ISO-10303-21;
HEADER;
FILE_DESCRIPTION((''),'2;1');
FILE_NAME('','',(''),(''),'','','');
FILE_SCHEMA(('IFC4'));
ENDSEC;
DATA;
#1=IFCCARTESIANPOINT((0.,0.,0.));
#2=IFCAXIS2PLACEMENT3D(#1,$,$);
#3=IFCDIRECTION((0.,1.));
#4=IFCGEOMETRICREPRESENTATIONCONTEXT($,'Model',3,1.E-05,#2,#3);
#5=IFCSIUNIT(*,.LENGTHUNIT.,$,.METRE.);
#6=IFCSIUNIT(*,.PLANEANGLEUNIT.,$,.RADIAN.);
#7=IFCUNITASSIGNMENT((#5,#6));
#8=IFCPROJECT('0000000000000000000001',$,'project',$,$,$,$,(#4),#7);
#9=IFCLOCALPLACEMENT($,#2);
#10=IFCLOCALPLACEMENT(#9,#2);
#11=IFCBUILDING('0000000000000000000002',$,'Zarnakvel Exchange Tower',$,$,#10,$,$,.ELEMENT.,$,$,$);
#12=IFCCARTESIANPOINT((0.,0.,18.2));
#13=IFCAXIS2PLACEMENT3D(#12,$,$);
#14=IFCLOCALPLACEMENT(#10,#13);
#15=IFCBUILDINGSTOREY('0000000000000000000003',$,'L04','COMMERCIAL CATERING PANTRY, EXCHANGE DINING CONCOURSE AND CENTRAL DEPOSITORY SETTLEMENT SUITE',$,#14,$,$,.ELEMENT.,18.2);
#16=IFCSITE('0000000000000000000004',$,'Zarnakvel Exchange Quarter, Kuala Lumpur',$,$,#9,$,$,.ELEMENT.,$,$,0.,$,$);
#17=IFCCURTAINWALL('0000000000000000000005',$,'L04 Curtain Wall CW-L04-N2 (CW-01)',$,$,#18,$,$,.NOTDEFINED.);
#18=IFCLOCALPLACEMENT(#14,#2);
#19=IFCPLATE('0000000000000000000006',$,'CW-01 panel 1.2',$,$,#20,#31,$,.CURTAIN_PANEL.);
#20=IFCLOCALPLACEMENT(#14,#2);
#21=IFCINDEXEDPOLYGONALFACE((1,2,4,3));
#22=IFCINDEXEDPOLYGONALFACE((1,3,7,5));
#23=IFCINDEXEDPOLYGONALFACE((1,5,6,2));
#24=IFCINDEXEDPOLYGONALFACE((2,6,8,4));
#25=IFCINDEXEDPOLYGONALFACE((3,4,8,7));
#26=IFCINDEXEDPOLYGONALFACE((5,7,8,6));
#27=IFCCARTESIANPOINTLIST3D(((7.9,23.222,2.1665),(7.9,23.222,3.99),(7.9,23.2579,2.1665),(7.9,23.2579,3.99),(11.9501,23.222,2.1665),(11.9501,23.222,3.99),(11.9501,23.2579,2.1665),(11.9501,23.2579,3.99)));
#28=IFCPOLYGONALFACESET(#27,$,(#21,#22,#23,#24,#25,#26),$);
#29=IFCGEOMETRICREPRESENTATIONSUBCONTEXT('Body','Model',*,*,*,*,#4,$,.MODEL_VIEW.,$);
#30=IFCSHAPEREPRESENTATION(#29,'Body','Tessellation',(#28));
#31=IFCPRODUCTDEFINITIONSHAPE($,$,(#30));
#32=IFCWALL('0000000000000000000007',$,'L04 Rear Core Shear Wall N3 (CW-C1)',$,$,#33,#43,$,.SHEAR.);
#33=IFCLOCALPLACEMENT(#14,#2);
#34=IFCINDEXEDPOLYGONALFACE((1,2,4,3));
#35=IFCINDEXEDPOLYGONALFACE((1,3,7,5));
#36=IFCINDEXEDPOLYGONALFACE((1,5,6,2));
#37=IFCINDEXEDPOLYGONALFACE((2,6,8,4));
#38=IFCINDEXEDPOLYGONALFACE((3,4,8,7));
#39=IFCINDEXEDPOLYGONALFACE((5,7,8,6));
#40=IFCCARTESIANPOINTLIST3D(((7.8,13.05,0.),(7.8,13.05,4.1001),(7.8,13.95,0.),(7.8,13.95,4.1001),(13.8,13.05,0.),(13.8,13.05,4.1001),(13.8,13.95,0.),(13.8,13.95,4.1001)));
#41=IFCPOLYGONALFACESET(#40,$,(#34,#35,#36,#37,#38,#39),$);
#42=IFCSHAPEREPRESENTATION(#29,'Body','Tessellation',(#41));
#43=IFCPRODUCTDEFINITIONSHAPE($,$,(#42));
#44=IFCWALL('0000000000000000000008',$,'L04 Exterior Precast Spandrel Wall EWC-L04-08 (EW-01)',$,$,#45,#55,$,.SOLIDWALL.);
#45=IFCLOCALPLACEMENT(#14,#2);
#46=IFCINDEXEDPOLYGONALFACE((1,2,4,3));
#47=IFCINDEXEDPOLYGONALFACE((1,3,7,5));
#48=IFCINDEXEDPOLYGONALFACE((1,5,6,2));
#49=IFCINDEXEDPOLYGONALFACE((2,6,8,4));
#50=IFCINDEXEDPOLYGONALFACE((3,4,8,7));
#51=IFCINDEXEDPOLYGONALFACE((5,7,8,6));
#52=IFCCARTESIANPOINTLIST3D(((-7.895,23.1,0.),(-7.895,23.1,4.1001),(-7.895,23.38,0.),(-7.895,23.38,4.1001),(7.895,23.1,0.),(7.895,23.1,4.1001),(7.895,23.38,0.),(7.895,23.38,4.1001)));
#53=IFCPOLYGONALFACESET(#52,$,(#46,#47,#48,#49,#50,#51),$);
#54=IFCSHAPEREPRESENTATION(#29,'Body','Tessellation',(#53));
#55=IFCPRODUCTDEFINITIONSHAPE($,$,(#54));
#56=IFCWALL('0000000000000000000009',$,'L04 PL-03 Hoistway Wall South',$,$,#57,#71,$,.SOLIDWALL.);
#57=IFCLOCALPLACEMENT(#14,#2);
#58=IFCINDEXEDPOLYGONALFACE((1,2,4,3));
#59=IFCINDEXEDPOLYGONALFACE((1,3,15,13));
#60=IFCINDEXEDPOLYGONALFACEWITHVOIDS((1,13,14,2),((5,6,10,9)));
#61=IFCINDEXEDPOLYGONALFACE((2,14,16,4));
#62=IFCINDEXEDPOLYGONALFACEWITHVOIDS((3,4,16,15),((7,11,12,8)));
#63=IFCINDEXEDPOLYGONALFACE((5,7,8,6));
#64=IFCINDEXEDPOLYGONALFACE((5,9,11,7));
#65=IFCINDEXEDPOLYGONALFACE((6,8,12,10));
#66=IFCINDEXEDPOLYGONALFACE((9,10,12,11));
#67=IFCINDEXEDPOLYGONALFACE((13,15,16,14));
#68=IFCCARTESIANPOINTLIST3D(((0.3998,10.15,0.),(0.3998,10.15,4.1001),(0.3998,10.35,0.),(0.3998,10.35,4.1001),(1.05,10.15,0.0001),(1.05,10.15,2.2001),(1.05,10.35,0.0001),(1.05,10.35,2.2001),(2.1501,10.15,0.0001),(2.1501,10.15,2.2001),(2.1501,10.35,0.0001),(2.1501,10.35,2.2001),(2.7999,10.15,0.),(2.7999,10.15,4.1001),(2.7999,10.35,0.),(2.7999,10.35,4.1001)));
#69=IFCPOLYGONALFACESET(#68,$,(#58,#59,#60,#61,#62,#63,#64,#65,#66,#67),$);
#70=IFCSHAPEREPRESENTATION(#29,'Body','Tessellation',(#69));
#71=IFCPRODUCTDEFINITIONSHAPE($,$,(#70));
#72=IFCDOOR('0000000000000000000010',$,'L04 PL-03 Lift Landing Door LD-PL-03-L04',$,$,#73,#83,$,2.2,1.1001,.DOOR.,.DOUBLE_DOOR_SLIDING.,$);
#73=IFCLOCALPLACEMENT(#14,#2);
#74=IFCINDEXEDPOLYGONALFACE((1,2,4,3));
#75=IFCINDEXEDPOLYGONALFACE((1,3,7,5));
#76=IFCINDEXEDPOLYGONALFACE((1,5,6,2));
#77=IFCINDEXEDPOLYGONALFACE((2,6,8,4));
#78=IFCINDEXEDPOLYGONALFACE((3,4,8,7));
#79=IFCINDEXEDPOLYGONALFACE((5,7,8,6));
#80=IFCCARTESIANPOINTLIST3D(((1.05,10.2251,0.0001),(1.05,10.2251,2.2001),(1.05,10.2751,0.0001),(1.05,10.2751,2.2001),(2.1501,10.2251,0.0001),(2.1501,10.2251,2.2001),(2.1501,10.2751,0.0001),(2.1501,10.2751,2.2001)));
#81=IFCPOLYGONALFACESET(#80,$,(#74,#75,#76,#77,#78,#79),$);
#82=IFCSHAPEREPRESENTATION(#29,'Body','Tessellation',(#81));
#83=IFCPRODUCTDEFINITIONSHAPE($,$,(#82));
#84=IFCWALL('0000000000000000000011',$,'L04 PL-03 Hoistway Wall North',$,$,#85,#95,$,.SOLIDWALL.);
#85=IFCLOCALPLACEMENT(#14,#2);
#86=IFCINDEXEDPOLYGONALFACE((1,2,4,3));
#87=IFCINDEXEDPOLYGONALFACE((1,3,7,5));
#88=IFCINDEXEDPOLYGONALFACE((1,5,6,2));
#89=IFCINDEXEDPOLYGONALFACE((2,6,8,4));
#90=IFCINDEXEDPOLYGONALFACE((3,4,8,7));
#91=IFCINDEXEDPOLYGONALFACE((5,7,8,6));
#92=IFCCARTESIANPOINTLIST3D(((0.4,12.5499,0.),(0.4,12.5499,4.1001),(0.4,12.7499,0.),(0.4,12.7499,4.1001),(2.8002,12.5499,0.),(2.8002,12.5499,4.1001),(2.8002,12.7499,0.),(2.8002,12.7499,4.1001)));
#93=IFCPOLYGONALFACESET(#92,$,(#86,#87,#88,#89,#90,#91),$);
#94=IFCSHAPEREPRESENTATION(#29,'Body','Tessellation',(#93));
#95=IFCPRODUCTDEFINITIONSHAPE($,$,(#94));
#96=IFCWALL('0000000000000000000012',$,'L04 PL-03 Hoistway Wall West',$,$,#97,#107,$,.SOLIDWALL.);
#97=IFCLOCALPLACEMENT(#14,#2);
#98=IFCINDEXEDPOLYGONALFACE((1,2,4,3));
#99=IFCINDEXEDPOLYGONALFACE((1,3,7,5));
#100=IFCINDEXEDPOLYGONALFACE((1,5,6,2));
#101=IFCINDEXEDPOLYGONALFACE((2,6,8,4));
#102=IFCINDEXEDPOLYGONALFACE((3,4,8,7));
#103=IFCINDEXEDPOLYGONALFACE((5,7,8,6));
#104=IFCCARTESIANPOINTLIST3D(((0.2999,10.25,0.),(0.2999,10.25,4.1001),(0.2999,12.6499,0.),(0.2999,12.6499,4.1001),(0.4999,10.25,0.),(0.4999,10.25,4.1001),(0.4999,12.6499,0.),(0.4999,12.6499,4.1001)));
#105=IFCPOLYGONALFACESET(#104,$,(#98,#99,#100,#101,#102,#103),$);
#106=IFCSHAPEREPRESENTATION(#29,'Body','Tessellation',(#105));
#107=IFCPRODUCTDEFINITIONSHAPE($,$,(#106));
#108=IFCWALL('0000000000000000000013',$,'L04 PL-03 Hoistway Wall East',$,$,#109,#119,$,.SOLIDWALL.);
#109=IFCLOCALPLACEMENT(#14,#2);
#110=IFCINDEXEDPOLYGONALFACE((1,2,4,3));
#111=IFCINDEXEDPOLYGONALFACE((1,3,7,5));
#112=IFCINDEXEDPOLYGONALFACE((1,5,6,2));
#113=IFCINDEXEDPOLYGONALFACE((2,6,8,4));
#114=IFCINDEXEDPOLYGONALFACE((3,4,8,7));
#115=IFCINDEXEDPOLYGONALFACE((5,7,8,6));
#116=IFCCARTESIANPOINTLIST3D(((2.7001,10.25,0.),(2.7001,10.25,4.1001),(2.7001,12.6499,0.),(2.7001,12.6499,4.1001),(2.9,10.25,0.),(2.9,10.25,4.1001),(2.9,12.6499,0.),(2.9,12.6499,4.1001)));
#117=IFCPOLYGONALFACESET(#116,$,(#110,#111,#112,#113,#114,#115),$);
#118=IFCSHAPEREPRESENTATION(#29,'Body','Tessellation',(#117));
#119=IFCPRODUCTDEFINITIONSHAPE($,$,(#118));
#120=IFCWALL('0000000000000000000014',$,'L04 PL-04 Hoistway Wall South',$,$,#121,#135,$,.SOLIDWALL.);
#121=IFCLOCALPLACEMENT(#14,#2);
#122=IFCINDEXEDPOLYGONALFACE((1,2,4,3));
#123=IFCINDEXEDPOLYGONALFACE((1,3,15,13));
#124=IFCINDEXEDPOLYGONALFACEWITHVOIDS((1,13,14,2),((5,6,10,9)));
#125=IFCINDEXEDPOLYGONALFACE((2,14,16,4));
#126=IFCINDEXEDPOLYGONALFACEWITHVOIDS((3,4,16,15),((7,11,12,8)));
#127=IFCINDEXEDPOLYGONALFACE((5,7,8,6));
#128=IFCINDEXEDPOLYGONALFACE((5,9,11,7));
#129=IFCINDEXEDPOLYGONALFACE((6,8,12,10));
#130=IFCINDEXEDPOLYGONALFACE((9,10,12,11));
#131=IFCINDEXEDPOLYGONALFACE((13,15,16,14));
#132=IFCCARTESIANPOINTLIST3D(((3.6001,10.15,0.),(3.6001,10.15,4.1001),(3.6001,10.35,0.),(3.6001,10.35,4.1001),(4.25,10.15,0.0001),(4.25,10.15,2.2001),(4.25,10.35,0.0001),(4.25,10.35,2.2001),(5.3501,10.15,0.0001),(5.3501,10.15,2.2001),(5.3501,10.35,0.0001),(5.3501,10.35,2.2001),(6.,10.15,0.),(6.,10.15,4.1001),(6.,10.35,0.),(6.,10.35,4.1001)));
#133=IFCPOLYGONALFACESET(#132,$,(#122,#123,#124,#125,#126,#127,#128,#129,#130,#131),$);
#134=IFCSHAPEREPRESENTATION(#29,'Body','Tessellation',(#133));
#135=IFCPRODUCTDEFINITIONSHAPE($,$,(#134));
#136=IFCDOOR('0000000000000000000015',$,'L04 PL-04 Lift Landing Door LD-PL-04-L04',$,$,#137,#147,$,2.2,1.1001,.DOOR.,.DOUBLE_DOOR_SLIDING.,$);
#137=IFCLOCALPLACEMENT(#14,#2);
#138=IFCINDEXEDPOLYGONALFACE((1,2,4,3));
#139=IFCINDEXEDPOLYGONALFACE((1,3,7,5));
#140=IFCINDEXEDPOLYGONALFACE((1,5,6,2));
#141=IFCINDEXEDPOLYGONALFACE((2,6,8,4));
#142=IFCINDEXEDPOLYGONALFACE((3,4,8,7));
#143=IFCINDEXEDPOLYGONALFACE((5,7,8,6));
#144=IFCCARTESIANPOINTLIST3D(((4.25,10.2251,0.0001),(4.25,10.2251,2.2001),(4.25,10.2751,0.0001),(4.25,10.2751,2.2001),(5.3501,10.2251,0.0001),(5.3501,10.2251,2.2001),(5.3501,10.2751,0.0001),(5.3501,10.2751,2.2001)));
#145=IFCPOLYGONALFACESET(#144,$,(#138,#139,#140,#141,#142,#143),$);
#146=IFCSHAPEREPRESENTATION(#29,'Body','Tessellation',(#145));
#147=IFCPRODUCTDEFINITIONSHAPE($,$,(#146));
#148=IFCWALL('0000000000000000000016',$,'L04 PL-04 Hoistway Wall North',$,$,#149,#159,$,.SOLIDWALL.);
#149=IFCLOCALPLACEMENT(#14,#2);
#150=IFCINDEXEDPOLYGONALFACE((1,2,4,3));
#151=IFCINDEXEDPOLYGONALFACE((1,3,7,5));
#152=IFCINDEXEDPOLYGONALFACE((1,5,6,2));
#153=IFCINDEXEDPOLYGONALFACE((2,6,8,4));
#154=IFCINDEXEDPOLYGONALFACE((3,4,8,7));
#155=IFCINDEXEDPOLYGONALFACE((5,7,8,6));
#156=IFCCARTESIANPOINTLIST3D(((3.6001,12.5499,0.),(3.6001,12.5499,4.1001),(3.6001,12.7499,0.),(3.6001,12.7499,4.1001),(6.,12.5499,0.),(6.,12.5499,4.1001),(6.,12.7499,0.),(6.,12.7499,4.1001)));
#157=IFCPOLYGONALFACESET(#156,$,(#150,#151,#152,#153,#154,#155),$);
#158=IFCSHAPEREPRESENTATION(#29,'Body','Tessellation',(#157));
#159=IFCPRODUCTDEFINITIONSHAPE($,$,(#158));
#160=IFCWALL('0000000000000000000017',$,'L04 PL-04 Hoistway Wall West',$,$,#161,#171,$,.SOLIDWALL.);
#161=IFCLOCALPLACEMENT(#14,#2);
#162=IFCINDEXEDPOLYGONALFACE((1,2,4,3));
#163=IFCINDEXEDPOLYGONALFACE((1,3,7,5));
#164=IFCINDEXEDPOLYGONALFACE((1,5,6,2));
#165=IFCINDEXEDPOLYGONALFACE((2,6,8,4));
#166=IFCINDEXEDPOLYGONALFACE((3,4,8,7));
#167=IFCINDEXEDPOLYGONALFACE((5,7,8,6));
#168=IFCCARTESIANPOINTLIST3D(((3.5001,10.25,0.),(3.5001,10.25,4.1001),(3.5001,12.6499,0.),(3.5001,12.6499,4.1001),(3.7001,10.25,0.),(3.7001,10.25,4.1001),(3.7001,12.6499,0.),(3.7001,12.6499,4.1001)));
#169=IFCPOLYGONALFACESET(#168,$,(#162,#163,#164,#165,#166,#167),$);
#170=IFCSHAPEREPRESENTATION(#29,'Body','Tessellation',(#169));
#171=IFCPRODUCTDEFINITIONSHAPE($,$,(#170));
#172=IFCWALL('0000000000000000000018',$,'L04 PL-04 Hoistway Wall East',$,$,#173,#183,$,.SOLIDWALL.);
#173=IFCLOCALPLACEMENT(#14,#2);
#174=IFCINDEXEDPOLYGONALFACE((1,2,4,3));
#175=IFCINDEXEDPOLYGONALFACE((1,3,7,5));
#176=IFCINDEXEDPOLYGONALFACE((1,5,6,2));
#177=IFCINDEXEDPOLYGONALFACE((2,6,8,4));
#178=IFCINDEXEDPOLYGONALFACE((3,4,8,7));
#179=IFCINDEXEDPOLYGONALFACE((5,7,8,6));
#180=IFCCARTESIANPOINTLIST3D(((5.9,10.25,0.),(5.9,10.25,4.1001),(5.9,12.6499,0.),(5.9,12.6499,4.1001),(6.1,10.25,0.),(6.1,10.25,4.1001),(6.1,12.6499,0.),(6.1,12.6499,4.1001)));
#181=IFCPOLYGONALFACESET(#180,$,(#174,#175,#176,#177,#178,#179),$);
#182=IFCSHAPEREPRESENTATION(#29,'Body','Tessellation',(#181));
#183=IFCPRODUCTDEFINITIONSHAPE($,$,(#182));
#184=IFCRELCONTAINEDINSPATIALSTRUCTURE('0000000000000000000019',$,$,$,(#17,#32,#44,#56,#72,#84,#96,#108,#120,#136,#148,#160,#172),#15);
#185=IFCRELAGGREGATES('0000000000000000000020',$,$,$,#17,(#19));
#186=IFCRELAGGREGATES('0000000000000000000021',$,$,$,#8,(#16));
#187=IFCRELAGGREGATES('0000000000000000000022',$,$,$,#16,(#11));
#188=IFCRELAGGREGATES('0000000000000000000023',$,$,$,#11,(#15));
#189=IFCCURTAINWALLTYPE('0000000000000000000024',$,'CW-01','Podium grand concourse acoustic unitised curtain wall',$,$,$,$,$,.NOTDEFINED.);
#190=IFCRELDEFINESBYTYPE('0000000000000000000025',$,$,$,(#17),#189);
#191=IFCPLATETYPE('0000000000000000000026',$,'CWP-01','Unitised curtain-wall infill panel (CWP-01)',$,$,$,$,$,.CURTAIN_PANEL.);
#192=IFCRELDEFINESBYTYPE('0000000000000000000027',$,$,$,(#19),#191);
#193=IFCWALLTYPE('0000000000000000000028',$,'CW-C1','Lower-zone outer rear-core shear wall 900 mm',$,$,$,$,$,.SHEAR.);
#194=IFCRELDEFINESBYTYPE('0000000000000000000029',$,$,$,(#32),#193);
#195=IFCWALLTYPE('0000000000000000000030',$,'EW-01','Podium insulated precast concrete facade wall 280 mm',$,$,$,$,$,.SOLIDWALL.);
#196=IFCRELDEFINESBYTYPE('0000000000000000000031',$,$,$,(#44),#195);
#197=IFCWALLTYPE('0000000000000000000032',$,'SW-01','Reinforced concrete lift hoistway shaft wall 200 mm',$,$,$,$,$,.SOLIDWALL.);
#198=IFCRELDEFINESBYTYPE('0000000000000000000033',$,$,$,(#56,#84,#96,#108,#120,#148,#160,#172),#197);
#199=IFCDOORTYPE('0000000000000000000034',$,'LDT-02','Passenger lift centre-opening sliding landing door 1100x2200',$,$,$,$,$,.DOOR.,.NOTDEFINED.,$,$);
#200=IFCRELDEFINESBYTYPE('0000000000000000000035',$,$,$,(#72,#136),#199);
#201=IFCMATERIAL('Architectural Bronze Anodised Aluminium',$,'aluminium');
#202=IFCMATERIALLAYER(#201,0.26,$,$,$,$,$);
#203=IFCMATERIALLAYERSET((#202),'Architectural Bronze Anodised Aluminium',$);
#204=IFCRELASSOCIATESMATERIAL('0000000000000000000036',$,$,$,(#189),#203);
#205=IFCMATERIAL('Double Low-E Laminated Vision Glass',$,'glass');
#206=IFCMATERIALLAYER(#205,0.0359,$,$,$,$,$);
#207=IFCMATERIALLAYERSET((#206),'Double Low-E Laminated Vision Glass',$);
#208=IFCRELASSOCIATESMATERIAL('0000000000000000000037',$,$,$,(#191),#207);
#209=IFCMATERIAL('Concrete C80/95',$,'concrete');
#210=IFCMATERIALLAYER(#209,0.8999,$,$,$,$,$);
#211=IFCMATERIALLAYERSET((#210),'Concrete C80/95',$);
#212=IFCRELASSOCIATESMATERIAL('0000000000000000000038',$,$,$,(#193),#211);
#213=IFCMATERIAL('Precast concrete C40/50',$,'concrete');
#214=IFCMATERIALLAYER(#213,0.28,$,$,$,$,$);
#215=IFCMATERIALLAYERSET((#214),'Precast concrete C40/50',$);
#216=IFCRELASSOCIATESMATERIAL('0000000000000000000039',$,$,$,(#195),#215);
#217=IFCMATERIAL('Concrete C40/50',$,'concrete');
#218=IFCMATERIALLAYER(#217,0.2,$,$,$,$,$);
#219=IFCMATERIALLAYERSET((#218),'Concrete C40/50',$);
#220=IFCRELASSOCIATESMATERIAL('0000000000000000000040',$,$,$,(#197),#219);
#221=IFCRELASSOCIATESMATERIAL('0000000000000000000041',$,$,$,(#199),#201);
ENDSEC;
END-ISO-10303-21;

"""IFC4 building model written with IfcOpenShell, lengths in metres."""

from ifc_helpers import new_model, si_unit, direction, frame, frame_2d, origin, origin_2d, place, context, subcontext, project, spatial, rectangle, extrude, source, transform, mapped, material, layer, layer_set, type_object, element, fill, aggregate, save


model = new_model("IFC4")

# Units and contexts
model_context = context("Model", 3, precision=1e-05, world=origin(), true_north=direction((0.0, 1.0)))
body_context = subcontext(model_context, "Body", "Model", "MODEL_VIEW")
ifc_project = project(units=[si_unit("LENGTHUNIT", "METRE"), si_unit("PLANEANGLEUNIT", "RADIAN")], contexts=[model_context])

# Site, building, storey
site_placement = place(None, origin())
site = spatial("IfcSite", under=ifc_project, at=site_placement, Name="Zarnakvel Exchange Quarter, Kuala Lumpur", CompositionType="ELEMENT", RefElevation=0.0)
building_placement = place(site_placement, origin())
building = spatial("IfcBuilding", under=site, at=building_placement, Name="Zarnakvel Exchange Tower", CompositionType="ELEMENT")
storey_placement = place(building_placement, frame((0.0, 0.0, 18.2)))
storey = spatial("IfcBuildingStorey", under=building, at=storey_placement, Name="L04", Description="COMMERCIAL CATERING PANTRY, EXCHANGE DINING CONCOURSE AND CENTRAL DEPOSITORY SETTLEMENT SUITE", CompositionType="ELEMENT", Elevation=18.2)

# Shared definitions
ifc_material_1 = material(Name="Concrete C80/95", Category="concrete")

# Curtain wall, plate
ifc_material_2 = material(Name="Architectural Bronze Anodised Aluminium", Category="aluminium")
ifc_layer_1 = layer(ifc_material_2, 0.26)
ifc_layer_set_1 = layer_set([ifc_layer_1], Name="Architectural Bronze Anodised Aluminium")
curtain_wall_type = type_object("IfcCurtainWallType", Name="CW-01", Description="Podium grand concourse acoustic unitised curtain wall", PredefinedType="NOTDEFINED", material=ifc_layer_set_1)
curtain_wall_placement = place(storey_placement, origin())
curtain_wall = element("IfcCurtainWall", 1, at=curtain_wall_placement, inside=storey, type_object=curtain_wall_type, Name="L04 Curtain Wall CW-L04-N2 (CW-01)", PredefinedType="NOTDEFINED")
ifc_material_3 = material(Name="Double Low-E Laminated Vision Glass", Category="glass")
ifc_layer_2 = layer(ifc_material_3, 0.0359)
ifc_layer_set_2 = layer_set([ifc_layer_2], Name="Double Low-E Laminated Vision Glass")
plate_type = type_object("IfcPlateType", Name="CWP-01", Description="Unitised curtain-wall infill panel (CWP-01)", PredefinedType="CURTAIN_PANEL", material=ifc_layer_set_2)
shared_shape_1 = source(origin(), body_context, "Body", "SweptSolid", [
    extrude(rectangle(XDim=4.05, YDim=0.0359, at=origin_2d()), origin(), (0.0, 0.0, 1.0), 1.8235),
])
plate_1_placement = place(storey_placement, frame((9.925, 23.24, 2.1665), z_axis=(0.0, 0.0, 1.0), x_axis=(1.0, 0.0, 0.0)))
plate_1 = element("IfcPlate", 2, at=plate_1_placement, type_object=plate_type, Name="CW-01 panel 1.2", PredefinedType="CURTAIN_PANEL", context=body_context, shape_type="MappedRepresentation", body=[
    mapped(shared_shape_1, transform((0.0, 0.0, 0.0), x_axis=(1.0, 0.0, 0.0), y_axis=(0.0, 1.0, 0.0), z_axis=(0.0, 0.0, 1.0), scale=1.0)),
])
aggregate(curtain_wall, [plate_1])

# Walls
ifc_layer_3 = layer(ifc_material_1, 0.8999)
ifc_layer_set_3 = layer_set([ifc_layer_3], Name="Concrete C80/95")
wall_type_1 = type_object("IfcWallType", Name="CW-C1", Description="Lower-zone outer rear-core shear wall 900 mm", PredefinedType="SHEAR", material=ifc_layer_set_3)
wall_1_placement = place(storey_placement, frame((7.8, 13.5, 0.0), z_axis=(0.0, 0.0, 1.0), x_axis=(1.0, 0.0, 0.0)))
element("IfcWall", 3, at=wall_1_placement, inside=storey, type_object=wall_type_1, Name="L04 Rear Core Shear Wall N3 (CW-C1)", PredefinedType="SHEAR", context=body_context, shape_type="SweptSolid", body=[
    extrude(rectangle(XDim=6.0, YDim=0.8999, at=frame_2d((3.0, 0.0))), origin(), (0.0, 0.0, 1.0), 4.1001),
])
ifc_material_4 = material(Name="Precast concrete C40/50", Category="concrete")
ifc_layer_4 = layer(ifc_material_4, 0.28)
ifc_layer_set_4 = layer_set([ifc_layer_4], Name="Precast concrete C40/50")
wall_type_2 = type_object("IfcWallType", Name="EW-01", Description="Podium insulated precast concrete facade wall 280 mm", PredefinedType="SOLIDWALL", material=ifc_layer_set_4)
wall_2_placement = place(storey_placement, frame((7.895, 23.24, 0.0), z_axis=(0.0, 0.0, 1.0), x_axis=(-1.0, 0.0, 0.0)))
element("IfcWall", 4, at=wall_2_placement, inside=storey, type_object=wall_type_2, Name="L04 Exterior Precast Spandrel Wall EWC-L04-08 (EW-01)", PredefinedType="SOLIDWALL", context=body_context, shape_type="SweptSolid", body=[
    extrude(rectangle(XDim=15.79, YDim=0.28, at=frame_2d((7.895, 0.0))), origin(), (0.0, 0.0, 1.0), 4.1001),
])

# Wall, opening, door
ifc_material_5 = material(Name="Concrete C40/50", Category="concrete")
ifc_layer_5 = layer(ifc_material_5, 0.2)
ifc_layer_set_5 = layer_set([ifc_layer_5], Name="Concrete C40/50")
wall_type_3 = type_object("IfcWallType", Name="SW-01", Description="Reinforced concrete lift hoistway shaft wall 200 mm", PredefinedType="SOLIDWALL", material=ifc_layer_set_5)
wall_3_placement = place(storey_placement, frame((2.8, 10.25, 0.0), z_axis=(0.0, 0.0, 1.0), x_axis=(-1.0, 0.0, 0.0)))
wall_3 = element("IfcWall", 5, at=wall_3_placement, inside=storey, type_object=wall_type_3, Name="L04 PL-03 Hoistway Wall South", PredefinedType="SOLIDWALL", context=body_context, shape_type="SweptSolid", body=[
    extrude(rectangle(XDim=2.4001, YDim=0.2, at=frame_2d((1.2002, 0.0))), origin(), (0.0, 0.0, 1.0), 4.1001),
])
opening_1_placement = place(wall_3_placement, frame((0.6499, 0.0, 0.0)))
opening_1 = element("IfcOpeningElement", 6, at=opening_1_placement, cuts=wall_3, PredefinedType="OPENING", context=body_context, shape_type="SweptSolid", body=[
    extrude(rectangle(XDim=1.1001, YDim=2.2, at=frame_2d((0.55, 1.1001))), frame((0.0, 0.1099, 0.0), z_axis=(0.0, -1.0, 0.0), x_axis=(1.0, 0.0, 0.0)), (0.0, 0.0, 1.0), 0.22),
])
door_type = type_object("IfcDoorType", Name="LDT-02", Description="Passenger lift centre-opening sliding landing door 1100x2200", OperationType="NOTDEFINED", PredefinedType="DOOR", material=ifc_material_2)
shared_shape_2 = source(origin(), body_context, "Body", "SweptSolid", [
    extrude(rectangle(XDim=1.1001, YDim=2.2, at=frame_2d((0.55, 1.1001))), frame((0.0, 0.0249, 0.0), z_axis=(0.0, -1.0, 0.0), x_axis=(1.0, 0.0, 0.0)), (0.0, 0.0, 1.0), 0.05),
])
door_1_placement = place(opening_1_placement, origin())
door_1 = element("IfcDoor", 7, at=door_1_placement, inside=storey, type_object=door_type, Name="L04 PL-03 Lift Landing Door LD-PL-03-L04", OperationType="DOUBLE_DOOR_SLIDING", OverallHeight=2.2, OverallWidth=1.1001, PredefinedType="DOOR", context=body_context, shape_type="MappedRepresentation", body=[
    mapped(shared_shape_2, transform((0.0, 0.0, 0.0), x_axis=(1.0, 0.0, 0.0), y_axis=(0.0, 1.0, 0.0), z_axis=(0.0, 0.0, 1.0), scale=1.0)),
])
fill(opening_1, door_1)

# Walls
wall_4_placement = place(storey_placement, frame((0.3999, 12.6499, 0.0), z_axis=(0.0, 0.0, 1.0), x_axis=(1.0, 0.0, 0.0)))
element("IfcWall", 8, at=wall_4_placement, inside=storey, type_object=wall_type_3, Name="L04 PL-03 Hoistway Wall North", PredefinedType="SOLIDWALL", context=body_context, shape_type="SweptSolid", body=[
    extrude(rectangle(XDim=2.4001, YDim=0.2, at=frame_2d((1.2002, 0.0))), origin(), (0.0, 0.0, 1.0), 4.1001),
])
for number, where, z_axis, x_axis, name in (
    (9, (0.3999, 10.25, 0.0), (0.0, 0.0, 1.0), (0.0, 1.0, 0.0), "L04 PL-03 Hoistway Wall West"),
    (10, (2.8, 12.6499, 0.0), (0.0, 0.0, 1.0), (0.0, -1.0, 0.0), "L04 PL-03 Hoistway Wall East"),
):
    element("IfcWall", number, at=place(storey_placement, frame(where, z_axis=z_axis, x_axis=x_axis)), inside=storey, type_object=wall_type_3, Name=name, PredefinedType="SOLIDWALL", context=body_context, shape_type="SweptSolid", body=[
        extrude(rectangle(XDim=2.3999, YDim=0.2, at=frame_2d((1.2, 0.0))), origin(), (0.0, 0.0, 1.0), 4.1001),
    ])

# Wall, opening, door
wall_5_placement = place(storey_placement, frame((6.0, 10.25, 0.0), z_axis=(0.0, 0.0, 1.0), x_axis=(-1.0, 0.0, 0.0)))
wall_5 = element("IfcWall", 11, at=wall_5_placement, inside=storey, type_object=wall_type_3, Name="L04 PL-04 Hoistway Wall South", PredefinedType="SOLIDWALL", context=body_context, shape_type="SweptSolid", body=[
    extrude(rectangle(XDim=2.3999, YDim=0.2, at=frame_2d((1.2, 0.0))), origin(), (0.0, 0.0, 1.0), 4.1001),
])
opening_2_placement = place(wall_5_placement, frame((0.6499, 0.0, 0.0)))
opening_2 = element("IfcOpeningElement", 12, at=opening_2_placement, cuts=wall_5, PredefinedType="OPENING", context=body_context, shape_type="SweptSolid", body=[
    extrude(rectangle(XDim=1.1001, YDim=2.2, at=frame_2d((0.55, 1.1001))), frame((0.0, 0.1099, 0.0), z_axis=(0.0, -1.0, 0.0), x_axis=(1.0, 0.0, 0.0)), (0.0, 0.0, 1.0), 0.22),
])
door_2_placement = place(opening_2_placement, origin())
door_2 = element("IfcDoor", 13, at=door_2_placement, inside=storey, type_object=door_type, Name="L04 PL-04 Lift Landing Door LD-PL-04-L04", OperationType="DOUBLE_DOOR_SLIDING", OverallHeight=2.2, OverallWidth=1.1001, PredefinedType="DOOR", context=body_context, shape_type="MappedRepresentation", body=[
    mapped(shared_shape_2, transform((0.0, 0.0, 0.0), x_axis=(1.0, 0.0, 0.0), y_axis=(0.0, 1.0, 0.0), z_axis=(0.0, 0.0, 1.0), scale=1.0)),
])
fill(opening_2, door_2)

# Walls
for number, where, z_axis, x_axis, name in (
    (14, (3.6001, 12.6499, 0.0), (0.0, 0.0, 1.0), (1.0, 0.0, 0.0), "L04 PL-04 Hoistway Wall North"),
    (15, (3.6001, 10.25, 0.0), (0.0, 0.0, 1.0), (0.0, 1.0, 0.0), "L04 PL-04 Hoistway Wall West"),
    (16, (6.0, 12.6499, 0.0), (0.0, 0.0, 1.0), (0.0, -1.0, 0.0), "L04 PL-04 Hoistway Wall East"),
):
    element("IfcWall", number, at=place(storey_placement, frame(where, z_axis=z_axis, x_axis=x_axis)), inside=storey, type_object=wall_type_3, Name=name, PredefinedType="SOLIDWALL", context=body_context, shape_type="SweptSolid", body=[
        extrude(rectangle(XDim=2.3999, YDim=0.2, at=frame_2d((1.2, 0.0))), origin(), (0.0, 0.0, 1.0), 4.1001),
    ])

save(model, "model.ifc")
